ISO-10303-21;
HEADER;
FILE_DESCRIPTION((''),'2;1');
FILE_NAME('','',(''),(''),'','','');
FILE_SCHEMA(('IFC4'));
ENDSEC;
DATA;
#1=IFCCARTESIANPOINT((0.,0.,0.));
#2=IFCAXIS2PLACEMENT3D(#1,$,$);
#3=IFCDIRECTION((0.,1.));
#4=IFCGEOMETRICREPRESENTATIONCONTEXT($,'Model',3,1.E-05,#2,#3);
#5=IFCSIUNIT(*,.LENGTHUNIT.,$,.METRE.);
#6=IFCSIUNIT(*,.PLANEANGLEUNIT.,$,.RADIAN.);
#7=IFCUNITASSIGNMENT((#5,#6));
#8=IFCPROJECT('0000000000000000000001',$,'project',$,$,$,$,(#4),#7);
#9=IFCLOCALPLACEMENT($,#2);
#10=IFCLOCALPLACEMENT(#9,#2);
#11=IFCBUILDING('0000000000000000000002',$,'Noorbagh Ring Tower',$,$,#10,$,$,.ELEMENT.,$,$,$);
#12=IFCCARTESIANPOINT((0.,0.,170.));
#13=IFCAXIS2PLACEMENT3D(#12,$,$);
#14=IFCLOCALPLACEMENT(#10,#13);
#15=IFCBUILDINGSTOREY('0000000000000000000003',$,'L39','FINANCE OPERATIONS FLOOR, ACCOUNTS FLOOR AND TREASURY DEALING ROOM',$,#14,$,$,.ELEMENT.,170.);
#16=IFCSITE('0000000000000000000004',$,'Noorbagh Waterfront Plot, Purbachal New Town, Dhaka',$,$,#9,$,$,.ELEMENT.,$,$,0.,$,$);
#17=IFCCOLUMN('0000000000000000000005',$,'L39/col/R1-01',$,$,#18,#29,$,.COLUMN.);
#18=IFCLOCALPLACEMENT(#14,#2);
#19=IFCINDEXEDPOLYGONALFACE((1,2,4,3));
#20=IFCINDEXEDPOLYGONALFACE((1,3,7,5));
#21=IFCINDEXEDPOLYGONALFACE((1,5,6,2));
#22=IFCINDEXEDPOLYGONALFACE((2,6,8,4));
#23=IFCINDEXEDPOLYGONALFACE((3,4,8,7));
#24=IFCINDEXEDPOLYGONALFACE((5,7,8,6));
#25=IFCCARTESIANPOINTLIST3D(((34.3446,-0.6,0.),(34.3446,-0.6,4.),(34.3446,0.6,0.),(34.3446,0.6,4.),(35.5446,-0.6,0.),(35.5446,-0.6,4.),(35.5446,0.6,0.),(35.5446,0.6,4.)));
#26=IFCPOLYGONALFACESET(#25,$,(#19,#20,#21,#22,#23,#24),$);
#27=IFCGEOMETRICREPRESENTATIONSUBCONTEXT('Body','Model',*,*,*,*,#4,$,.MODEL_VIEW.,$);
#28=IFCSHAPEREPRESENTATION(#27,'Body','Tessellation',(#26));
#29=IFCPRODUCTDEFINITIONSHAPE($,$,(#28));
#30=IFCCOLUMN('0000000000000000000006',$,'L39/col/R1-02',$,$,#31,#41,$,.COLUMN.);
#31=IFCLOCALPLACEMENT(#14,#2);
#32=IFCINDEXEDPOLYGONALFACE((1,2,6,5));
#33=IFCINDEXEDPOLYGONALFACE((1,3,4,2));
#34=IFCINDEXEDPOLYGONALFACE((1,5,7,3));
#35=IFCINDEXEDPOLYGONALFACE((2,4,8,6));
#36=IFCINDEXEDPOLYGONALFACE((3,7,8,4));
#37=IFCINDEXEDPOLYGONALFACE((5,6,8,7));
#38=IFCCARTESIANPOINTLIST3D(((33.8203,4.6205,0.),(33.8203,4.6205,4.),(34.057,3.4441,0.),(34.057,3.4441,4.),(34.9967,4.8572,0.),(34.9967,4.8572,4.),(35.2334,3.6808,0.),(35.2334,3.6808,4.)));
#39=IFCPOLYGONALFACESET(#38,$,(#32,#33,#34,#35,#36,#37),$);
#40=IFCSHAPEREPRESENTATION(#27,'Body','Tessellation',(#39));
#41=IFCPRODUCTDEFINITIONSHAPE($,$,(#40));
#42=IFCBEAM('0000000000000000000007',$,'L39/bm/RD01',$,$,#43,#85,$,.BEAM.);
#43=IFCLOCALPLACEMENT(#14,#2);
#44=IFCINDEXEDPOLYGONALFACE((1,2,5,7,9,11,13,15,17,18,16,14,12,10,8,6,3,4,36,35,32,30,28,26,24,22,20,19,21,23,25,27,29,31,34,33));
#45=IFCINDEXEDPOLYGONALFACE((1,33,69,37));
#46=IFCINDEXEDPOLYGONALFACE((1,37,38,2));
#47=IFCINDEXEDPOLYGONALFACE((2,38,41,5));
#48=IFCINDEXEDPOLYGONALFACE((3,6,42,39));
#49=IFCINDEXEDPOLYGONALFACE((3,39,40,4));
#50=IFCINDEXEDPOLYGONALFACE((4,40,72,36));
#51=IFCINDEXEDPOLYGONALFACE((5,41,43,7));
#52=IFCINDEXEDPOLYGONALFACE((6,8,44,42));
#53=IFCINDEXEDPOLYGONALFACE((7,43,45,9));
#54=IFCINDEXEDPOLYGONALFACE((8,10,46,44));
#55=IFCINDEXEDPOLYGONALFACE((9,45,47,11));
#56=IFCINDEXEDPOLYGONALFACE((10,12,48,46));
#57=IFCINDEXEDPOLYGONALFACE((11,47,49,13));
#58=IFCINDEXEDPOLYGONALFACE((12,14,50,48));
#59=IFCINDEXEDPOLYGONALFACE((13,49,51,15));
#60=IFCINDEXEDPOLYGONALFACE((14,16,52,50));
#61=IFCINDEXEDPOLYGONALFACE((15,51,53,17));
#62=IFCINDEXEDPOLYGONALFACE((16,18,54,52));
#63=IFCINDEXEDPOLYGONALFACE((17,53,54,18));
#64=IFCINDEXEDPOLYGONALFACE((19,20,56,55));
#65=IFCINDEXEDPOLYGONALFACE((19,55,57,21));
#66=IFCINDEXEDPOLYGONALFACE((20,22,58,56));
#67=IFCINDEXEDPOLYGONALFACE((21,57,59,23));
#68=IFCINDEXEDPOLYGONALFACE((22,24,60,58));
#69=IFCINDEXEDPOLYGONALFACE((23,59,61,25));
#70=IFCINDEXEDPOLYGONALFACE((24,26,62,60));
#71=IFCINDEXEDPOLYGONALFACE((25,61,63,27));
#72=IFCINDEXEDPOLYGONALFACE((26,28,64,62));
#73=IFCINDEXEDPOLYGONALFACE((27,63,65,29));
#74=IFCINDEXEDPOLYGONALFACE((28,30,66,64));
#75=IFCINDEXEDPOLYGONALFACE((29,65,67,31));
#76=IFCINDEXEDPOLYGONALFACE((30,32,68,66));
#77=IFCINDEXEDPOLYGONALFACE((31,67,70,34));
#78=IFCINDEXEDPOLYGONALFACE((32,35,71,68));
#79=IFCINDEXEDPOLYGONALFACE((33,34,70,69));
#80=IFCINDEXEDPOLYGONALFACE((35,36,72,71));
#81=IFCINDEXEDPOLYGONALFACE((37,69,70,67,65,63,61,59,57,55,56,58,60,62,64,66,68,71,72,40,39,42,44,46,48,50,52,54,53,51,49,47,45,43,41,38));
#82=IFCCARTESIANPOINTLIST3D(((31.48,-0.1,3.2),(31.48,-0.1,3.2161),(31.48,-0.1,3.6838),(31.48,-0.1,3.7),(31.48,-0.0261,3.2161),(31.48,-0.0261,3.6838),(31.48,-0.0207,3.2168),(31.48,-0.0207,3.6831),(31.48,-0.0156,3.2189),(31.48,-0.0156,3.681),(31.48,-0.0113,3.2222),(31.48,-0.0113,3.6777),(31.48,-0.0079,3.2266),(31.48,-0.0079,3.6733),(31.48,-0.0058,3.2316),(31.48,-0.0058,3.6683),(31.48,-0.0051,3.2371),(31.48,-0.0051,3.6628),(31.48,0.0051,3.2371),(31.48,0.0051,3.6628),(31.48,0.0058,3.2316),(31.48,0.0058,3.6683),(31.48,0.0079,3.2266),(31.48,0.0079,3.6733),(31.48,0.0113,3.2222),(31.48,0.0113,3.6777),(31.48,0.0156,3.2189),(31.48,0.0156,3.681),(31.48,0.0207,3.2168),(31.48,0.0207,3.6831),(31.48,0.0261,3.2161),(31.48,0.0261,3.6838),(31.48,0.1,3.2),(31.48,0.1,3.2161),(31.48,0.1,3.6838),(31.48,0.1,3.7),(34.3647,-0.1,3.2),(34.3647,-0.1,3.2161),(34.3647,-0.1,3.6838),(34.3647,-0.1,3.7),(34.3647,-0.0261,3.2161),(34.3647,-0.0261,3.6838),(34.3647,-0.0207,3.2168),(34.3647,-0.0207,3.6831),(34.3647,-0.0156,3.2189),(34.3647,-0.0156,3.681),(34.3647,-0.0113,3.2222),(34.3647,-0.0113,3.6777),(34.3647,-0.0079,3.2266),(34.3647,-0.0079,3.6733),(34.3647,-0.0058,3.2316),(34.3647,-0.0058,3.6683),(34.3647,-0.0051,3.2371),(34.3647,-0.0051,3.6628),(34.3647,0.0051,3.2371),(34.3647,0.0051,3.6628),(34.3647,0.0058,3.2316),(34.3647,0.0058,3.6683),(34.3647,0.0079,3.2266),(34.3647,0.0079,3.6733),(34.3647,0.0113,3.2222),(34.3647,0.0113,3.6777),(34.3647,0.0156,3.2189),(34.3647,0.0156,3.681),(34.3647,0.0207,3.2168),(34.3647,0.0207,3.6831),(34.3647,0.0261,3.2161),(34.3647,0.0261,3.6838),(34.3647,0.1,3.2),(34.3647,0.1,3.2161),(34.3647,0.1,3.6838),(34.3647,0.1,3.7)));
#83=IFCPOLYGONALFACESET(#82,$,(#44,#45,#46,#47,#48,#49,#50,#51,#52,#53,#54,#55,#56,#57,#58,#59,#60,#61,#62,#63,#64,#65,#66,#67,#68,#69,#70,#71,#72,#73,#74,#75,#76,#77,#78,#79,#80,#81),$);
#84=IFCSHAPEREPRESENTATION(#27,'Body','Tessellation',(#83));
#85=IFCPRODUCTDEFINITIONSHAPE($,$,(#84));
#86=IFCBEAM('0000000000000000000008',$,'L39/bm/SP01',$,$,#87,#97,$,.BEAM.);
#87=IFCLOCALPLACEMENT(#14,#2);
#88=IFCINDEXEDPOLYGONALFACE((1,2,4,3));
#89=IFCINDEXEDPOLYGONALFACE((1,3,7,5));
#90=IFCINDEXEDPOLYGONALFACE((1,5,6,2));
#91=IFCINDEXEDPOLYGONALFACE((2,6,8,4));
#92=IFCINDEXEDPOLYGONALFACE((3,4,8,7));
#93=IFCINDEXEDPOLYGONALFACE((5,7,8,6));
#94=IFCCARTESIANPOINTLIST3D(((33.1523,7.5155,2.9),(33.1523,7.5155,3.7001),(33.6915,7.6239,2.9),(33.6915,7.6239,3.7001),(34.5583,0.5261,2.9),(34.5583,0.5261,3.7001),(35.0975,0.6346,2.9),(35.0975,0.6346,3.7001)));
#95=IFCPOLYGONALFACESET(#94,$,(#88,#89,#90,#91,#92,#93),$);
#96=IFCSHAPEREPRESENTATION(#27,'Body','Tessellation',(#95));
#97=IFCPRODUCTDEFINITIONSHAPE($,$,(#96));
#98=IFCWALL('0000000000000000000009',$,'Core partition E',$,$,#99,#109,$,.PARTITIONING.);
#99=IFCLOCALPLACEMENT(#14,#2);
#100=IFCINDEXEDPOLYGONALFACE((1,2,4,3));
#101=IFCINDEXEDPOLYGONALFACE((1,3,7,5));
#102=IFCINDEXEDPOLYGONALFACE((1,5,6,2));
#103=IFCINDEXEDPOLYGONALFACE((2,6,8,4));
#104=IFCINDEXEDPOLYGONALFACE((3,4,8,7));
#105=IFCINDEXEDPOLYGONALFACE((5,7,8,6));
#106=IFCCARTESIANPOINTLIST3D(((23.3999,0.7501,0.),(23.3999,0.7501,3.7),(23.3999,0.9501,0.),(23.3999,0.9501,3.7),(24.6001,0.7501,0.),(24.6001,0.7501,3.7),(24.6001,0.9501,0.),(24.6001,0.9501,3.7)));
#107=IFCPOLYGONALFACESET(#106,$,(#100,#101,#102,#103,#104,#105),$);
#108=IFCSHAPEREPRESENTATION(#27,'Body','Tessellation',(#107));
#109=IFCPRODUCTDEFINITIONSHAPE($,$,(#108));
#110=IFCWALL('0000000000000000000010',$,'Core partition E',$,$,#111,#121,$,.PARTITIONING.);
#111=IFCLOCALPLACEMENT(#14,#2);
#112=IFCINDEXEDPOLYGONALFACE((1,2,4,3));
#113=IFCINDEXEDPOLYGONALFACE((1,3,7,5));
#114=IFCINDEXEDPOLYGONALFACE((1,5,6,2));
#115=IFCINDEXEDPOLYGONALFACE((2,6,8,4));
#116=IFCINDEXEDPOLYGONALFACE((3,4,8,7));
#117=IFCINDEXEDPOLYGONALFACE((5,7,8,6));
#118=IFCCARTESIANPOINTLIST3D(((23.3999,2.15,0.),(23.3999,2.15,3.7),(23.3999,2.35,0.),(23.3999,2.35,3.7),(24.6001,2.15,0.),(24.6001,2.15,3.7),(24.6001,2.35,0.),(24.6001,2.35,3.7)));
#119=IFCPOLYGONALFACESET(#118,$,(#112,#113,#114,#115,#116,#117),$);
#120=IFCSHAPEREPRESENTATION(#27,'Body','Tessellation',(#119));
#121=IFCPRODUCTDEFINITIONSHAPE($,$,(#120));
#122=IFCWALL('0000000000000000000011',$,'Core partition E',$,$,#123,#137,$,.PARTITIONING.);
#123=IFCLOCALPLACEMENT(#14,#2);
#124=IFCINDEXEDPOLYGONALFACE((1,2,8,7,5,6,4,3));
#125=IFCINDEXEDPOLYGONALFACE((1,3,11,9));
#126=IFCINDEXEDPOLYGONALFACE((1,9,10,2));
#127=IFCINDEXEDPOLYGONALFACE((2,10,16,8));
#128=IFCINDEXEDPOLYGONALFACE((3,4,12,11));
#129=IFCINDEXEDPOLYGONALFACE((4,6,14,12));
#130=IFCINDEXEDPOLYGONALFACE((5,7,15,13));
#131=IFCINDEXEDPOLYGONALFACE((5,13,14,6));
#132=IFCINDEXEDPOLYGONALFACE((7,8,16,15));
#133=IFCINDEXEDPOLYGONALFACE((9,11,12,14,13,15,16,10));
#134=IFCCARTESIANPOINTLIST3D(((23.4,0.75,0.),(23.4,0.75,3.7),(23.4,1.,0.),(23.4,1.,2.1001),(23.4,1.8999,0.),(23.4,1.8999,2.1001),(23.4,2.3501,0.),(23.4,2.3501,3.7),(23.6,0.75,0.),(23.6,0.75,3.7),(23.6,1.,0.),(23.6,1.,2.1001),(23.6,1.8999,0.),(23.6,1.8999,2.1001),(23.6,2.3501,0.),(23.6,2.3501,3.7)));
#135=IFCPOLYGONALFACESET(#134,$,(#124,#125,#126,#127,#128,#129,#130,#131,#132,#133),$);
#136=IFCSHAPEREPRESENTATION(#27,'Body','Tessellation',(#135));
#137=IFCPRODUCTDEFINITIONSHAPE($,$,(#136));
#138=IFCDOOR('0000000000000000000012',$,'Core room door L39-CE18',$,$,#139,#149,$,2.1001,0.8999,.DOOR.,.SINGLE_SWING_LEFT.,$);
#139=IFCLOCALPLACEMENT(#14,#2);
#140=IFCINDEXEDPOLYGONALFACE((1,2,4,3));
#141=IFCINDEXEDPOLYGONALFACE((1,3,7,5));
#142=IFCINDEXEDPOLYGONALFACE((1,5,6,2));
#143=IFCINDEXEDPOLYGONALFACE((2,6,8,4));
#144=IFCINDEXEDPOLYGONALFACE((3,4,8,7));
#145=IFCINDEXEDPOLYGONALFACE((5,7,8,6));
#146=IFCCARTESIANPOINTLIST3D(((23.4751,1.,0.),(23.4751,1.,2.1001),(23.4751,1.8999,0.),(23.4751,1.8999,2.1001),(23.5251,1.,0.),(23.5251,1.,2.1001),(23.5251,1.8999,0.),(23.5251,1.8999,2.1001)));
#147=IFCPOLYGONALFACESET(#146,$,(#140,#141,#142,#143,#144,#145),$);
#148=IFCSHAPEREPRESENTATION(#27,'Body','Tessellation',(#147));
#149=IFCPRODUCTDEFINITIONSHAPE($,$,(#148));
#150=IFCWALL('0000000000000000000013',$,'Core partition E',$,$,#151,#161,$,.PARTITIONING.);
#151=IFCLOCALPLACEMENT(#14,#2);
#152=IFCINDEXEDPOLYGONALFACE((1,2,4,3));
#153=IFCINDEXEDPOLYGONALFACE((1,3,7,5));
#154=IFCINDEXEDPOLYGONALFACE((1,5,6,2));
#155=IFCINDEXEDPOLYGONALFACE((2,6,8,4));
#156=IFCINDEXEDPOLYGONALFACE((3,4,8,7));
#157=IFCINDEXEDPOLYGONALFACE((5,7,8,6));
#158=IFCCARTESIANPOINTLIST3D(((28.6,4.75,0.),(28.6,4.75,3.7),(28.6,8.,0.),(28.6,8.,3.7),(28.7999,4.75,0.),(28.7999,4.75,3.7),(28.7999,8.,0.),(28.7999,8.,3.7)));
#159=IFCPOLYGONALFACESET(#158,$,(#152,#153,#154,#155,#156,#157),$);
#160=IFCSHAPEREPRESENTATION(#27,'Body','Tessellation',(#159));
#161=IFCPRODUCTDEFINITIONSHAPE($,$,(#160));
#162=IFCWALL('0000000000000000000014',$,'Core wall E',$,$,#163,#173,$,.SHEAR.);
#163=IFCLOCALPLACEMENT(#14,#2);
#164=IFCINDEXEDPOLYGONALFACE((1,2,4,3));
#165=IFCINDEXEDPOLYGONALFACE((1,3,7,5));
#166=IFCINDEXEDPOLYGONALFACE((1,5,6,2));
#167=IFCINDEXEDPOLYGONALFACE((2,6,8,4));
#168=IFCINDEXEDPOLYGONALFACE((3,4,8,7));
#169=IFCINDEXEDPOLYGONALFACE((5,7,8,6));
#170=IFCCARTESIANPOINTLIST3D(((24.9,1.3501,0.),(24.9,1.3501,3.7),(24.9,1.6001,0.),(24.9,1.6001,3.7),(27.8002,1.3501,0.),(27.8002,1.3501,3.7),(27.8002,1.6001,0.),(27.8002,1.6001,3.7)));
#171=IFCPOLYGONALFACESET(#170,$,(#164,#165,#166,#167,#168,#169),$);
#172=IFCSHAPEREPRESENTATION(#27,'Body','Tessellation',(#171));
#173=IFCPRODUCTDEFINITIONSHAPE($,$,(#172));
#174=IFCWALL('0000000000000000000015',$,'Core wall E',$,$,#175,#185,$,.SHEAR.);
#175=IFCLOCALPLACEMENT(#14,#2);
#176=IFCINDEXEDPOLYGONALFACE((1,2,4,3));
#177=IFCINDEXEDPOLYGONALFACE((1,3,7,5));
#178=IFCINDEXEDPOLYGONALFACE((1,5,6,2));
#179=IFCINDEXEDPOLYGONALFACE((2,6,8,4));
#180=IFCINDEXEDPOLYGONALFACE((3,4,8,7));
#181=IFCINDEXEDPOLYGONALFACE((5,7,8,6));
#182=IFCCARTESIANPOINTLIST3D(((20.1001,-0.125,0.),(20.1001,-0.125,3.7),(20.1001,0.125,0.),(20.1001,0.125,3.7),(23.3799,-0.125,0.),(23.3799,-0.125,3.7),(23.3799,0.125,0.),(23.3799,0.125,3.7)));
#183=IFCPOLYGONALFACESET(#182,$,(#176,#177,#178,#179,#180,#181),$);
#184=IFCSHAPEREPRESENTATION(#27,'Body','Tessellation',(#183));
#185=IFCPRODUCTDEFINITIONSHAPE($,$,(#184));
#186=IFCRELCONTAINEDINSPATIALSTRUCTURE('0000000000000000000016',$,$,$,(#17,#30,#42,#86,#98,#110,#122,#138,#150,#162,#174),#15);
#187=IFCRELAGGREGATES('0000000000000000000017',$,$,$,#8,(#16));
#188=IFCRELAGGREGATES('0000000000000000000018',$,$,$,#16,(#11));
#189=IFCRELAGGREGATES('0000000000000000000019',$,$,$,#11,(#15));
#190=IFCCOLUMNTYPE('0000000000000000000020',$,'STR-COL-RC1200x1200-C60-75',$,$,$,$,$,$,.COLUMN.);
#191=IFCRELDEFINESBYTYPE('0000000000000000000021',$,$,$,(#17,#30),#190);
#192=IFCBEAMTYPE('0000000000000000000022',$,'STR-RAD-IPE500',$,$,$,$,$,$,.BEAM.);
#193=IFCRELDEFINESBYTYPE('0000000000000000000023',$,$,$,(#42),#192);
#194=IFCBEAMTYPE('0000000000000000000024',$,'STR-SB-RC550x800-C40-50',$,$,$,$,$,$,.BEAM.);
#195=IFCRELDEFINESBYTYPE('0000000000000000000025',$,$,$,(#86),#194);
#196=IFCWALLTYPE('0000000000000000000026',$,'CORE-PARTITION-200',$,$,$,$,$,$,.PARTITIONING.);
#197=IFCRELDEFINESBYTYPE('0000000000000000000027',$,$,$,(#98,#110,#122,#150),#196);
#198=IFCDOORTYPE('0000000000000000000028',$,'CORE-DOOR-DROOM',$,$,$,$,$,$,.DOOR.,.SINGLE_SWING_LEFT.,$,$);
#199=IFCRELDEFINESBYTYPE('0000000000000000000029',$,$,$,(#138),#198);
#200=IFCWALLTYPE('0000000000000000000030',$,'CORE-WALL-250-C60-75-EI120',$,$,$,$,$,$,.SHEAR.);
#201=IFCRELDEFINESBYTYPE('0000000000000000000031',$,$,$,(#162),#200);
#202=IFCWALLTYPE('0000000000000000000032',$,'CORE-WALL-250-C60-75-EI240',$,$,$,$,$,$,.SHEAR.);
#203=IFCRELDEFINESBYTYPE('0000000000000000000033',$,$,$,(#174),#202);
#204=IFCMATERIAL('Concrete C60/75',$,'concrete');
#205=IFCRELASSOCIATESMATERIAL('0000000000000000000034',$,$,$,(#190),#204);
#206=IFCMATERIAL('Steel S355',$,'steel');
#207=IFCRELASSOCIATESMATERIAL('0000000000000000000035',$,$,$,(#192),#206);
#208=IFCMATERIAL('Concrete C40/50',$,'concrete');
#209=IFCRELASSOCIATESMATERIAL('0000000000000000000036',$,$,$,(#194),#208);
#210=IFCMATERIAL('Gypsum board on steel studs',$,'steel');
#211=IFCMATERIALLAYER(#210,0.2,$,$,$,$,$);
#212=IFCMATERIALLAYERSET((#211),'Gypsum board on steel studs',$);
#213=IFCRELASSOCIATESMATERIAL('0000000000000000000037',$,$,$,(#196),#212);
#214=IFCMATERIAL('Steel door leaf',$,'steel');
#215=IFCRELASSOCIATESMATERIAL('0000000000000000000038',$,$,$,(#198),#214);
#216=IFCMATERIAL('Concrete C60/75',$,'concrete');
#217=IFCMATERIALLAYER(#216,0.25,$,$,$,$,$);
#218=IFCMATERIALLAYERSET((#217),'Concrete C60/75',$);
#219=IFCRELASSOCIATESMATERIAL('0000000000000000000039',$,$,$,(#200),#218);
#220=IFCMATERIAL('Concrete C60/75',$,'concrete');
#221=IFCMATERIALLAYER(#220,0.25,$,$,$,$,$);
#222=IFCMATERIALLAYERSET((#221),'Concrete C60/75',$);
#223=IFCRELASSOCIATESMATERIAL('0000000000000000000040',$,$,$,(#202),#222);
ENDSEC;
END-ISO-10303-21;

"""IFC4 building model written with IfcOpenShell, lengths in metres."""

from ifc_helpers import new_model, si_unit, direction, frame, frame_2d, origin, origin_2d, place, context, subcontext, project, spatial, rectangle, i_section, extrude, material, layer, layer_set, material_profile, profile_set, type_object, element, fill, save


model = new_model("IFC4")

# Units and contexts
model_context = context("Model", 3, precision=1e-05, world=origin(), true_north=direction((0.0, 1.0)))
body_context = subcontext(model_context, "Body", "Model", "MODEL_VIEW")
ifc_project = project(units=[si_unit("LENGTHUNIT", "METRE"), si_unit("PLANEANGLEUNIT", "RADIAN")], contexts=[model_context])

# Site, building, storey
site_placement = place(None, origin())
site = spatial("IfcSite", under=ifc_project, at=site_placement, Name="Noorbagh Waterfront Plot, Purbachal New Town, Dhaka", CompositionType="ELEMENT", RefElevation=0.0)
building_placement = place(site_placement, origin())
building = spatial("IfcBuilding", under=site, at=building_placement, Name="Noorbagh Ring Tower", CompositionType="ELEMENT")
storey_placement = place(building_placement, frame((0.0, 0.0, 170.0)))
storey = spatial("IfcBuildingStorey", under=building, at=storey_placement, Name="L39", Description="FINANCE OPERATIONS FLOOR, ACCOUNTS FLOOR AND TREASURY DEALING ROOM", CompositionType="ELEMENT", Elevation=170.0)

# Columns
ifc_material_1 = material(Name="Concrete C60/75", Category="concrete")
ifc_material_profile_1 = material_profile(ifc_material_1, rectangle(XDim=1.2, YDim=1.2, at=origin_2d()), Name="RC1200x1200")
ifc_profile_set_1 = profile_set([ifc_material_profile_1], Name="Concrete C60/75")
column_type = type_object("IfcColumnType", Name="STR-COL-RC1200x1200-C60-75", PredefinedType="COLUMN", material=ifc_profile_set_1)
for number, where, z_axis, x_axis, name in (
    (1, (34.9446, 0.0, 0.0), (0.0, 0.0, 1.0), (0.0, 1.0, 0.0), "L39/col/R1-01"),
    (2, (34.5269, 4.1506, 0.0), (0.0, 0.0, 1.0), (-0.19723, 0.980357, 0.0), "L39/col/R1-02"),
):
    element("IfcColumn", number, at=place(storey_placement, frame(where, z_axis=z_axis, x_axis=x_axis)), inside=storey, type_object=column_type, Name=name, PredefinedType="COLUMN", context=body_context, shape_type="SweptSolid", body=[
        extrude(rectangle(XDim=1.2, YDim=1.2, at=origin_2d()), origin(), (0.0, 0.0, 1.0), 4.0),
    ])

# Beams
ifc_material_2 = material(Name="Steel S355", Category="steel")
ifc_material_profile_2 = material_profile(ifc_material_2, i_section(OverallWidth=0.2, OverallDepth=0.5, WebThickness=0.0103, FlangeThickness=0.0161, FilletRadius=0.021, at=origin_2d()), Name="IPE500")
ifc_profile_set_2 = profile_set([ifc_material_profile_2], Name="Steel S355")
beam_type_1 = type_object("IfcBeamType", Name="STR-RAD-IPE500", PredefinedType="BEAM", material=ifc_profile_set_2)
beam_1_placement = place(storey_placement, frame((34.3647, 0.0, 3.45), z_axis=(-1.0, 0.0, 0.0), x_axis=(0.0, -1.0, 0.0)))
element("IfcBeam", 3, at=beam_1_placement, inside=storey, type_object=beam_type_1, Name="L39/bm/RD01", PredefinedType="BEAM", context=body_context, shape_type="SweptSolid", body=[
    extrude(i_section(OverallWidth=0.2, OverallDepth=0.5, WebThickness=0.0103, FlangeThickness=0.0161, FilletRadius=0.021, at=origin_2d()), origin(), (0.0, 0.0, 1.0), 2.8848),
])
ifc_material_3 = material(Name="Concrete C40/50", Category="concrete")
ifc_material_profile_3 = material_profile(ifc_material_3, rectangle(XDim=0.55, YDim=0.8, at=origin_2d()), Name="RC550x800")
ifc_profile_set_3 = profile_set([ifc_material_profile_3], Name="Concrete C40/50")
beam_type_2 = type_object("IfcBeamType", Name="STR-SB-RC550x800-C40-50", PredefinedType="BEAM", material=ifc_profile_set_3)
beam_2_placement = place(storey_placement, frame((34.8279, 0.5803, 3.3), z_axis=(-0.197209, 0.980361, 0.0), x_axis=(-0.980361, -0.197209, 0.0)))
element("IfcBeam", 4, at=beam_2_placement, inside=storey, type_object=beam_type_2, Name="L39/bm/SP01", PredefinedType="BEAM", context=body_context, shape_type="SweptSolid", body=[
    extrude(rectangle(XDim=0.55, YDim=0.8, at=origin_2d()), origin(), (0.0, 0.0, 1.0), 7.1294),
])

# Walls
ifc_material_4 = material(Name="Gypsum board on steel studs", Category="steel")
ifc_layer_1 = layer(ifc_material_4, 0.2)
ifc_layer_set_1 = layer_set([ifc_layer_1], Name="Gypsum board on steel studs")
wall_type_1 = type_object("IfcWallType", Name="CORE-PARTITION-200", PredefinedType="PARTITIONING", material=ifc_layer_set_1)
for number, where, z_axis, x_axis, name in (
    (5, (23.3999, 0.8501, 0.0), (0.0, 0.0, 1.0), (1.0, 0.0, 0.0), "Core partition E"),
    (6, (23.3999, 2.25, 0.0), (0.0, 0.0, 1.0), (1.0, 0.0, 0.0), "Core partition E"),
):
    element("IfcWall", number, at=place(storey_placement, frame(where, z_axis=z_axis, x_axis=x_axis)), inside=storey, type_object=wall_type_1, Name=name, PredefinedType="PARTITIONING", context=body_context, shape_type="SweptSolid", body=[
        extrude(rectangle(XDim=1.2002, YDim=0.2, at=frame_2d((0.6001, 0.0))), origin(), (0.0, 0.0, 1.0), 3.7),
    ])

# Wall, opening, door
wall_1_placement = place(storey_placement, frame((23.5, 0.75, 0.0), z_axis=(0.0, 0.0, 1.0), x_axis=(0.0, 1.0, 0.0)))
wall_1 = element("IfcWall", 7, at=wall_1_placement, inside=storey, type_object=wall_type_1, Name="Core partition E", PredefinedType="PARTITIONING", context=body_context, shape_type="SweptSolid", body=[
    extrude(rectangle(XDim=1.6001, YDim=0.2, at=frame_2d((0.8, 0.0))), origin(), (0.0, 0.0, 1.0), 3.7),
])
opening_1_placement = place(wall_1_placement, frame((0.25, 0.0, 0.0)))
opening_1 = element("IfcOpeningElement", 8, at=opening_1_placement, cuts=wall_1, PredefinedType="OPENING", context=body_context, shape_type="SweptSolid", body=[
    extrude(rectangle(XDim=0.8999, YDim=2.1001, at=frame_2d((0.45, 1.05))), frame((0.0, 0.1099, 0.0), z_axis=(0.0, -1.0, 0.0), x_axis=(1.0, 0.0, 0.0)), (0.0, 0.0, 1.0), 0.22),
])
ifc_material_5 = material(Name="Steel door leaf", Category="steel")
door_type_1 = type_object("IfcDoorType", Name="CORE-DOOR-DROOM", OperationType="SINGLE_SWING_LEFT", PredefinedType="DOOR", material=ifc_material_5)
door_1_placement = place(opening_1_placement, origin())
door_1 = element("IfcDoor", 9, at=door_1_placement, inside=storey, type_object=door_type_1, Name="Core room door L39-CE18", OperationType="SINGLE_SWING_LEFT", OverallHeight=2.1001, OverallWidth=0.8999, PredefinedType="DOOR", context=body_context, shape_type="SweptSolid", body=[
    extrude(rectangle(XDim=0.8999, YDim=2.1001, at=frame_2d((0.45, 1.05))), frame((0.0, 0.0249, 0.0), z_axis=(0.0, -1.0, 0.0), x_axis=(1.0, 0.0, 0.0)), (0.0, 0.0, 1.0), 0.05),
])
fill(opening_1, door_1)

# Walls
wall_2_placement = place(storey_placement, frame((28.7, 4.75, 0.0), z_axis=(0.0, 0.0, 1.0), x_axis=(0.0, 1.0, 0.0)))
element("IfcWall", 10, at=wall_2_placement, inside=storey, type_object=wall_type_1, Name="Core partition E", PredefinedType="PARTITIONING", context=body_context, shape_type="SweptSolid", body=[
    extrude(rectangle(XDim=3.25, YDim=0.2, at=frame_2d((1.625, 0.0))), origin(), (0.0, 0.0, 1.0), 3.7),
])
ifc_material_6 = material(Name="Concrete C60/75", Category="concrete")
ifc_layer_2 = layer(ifc_material_6, 0.25)
ifc_layer_set_2 = layer_set([ifc_layer_2], Name="Concrete C60/75")
wall_type_2 = type_object("IfcWallType", Name="CORE-WALL-250-C60-75-EI120", PredefinedType="SHEAR", material=ifc_layer_set_2)
wall_3_placement = place(storey_placement, frame((24.8999, 1.4751, 0.0), z_axis=(0.0, 0.0, 1.0), x_axis=(1.0, 0.0, 0.0)))
element("IfcWall", 11, at=wall_3_placement, inside=storey, type_object=wall_type_2, Name="Core wall E", PredefinedType="SHEAR", context=body_context, shape_type="SweptSolid", body=[
    extrude(rectangle(XDim=2.9001, YDim=0.25, at=frame_2d((1.4502, 0.0))), origin(), (0.0, 0.0, 1.0), 3.7),
])
ifc_material_7 = material(Name="Concrete C60/75", Category="concrete")
ifc_layer_3 = layer(ifc_material_7, 0.25)
ifc_layer_set_3 = layer_set([ifc_layer_3], Name="Concrete C60/75")
wall_type_3 = type_object("IfcWallType", Name="CORE-WALL-250-C60-75-EI240", PredefinedType="SHEAR", material=ifc_layer_set_3)
wall_4_placement = place(storey_placement, frame((20.1001, 0.0, 0.0), z_axis=(0.0, 0.0, 1.0), x_axis=(1.0, 0.0, 0.0)))
element("IfcWall", 12, at=wall_4_placement, inside=storey, type_object=wall_type_3, Name="Core wall E", PredefinedType="SHEAR", context=body_context, shape_type="SweptSolid", body=[
    extrude(rectangle(XDim=3.2798, YDim=0.25, at=frame_2d((1.6399, 0.0))), origin(), (0.0, 0.0, 1.0), 3.7),
])

save(model, "model.ifc")
